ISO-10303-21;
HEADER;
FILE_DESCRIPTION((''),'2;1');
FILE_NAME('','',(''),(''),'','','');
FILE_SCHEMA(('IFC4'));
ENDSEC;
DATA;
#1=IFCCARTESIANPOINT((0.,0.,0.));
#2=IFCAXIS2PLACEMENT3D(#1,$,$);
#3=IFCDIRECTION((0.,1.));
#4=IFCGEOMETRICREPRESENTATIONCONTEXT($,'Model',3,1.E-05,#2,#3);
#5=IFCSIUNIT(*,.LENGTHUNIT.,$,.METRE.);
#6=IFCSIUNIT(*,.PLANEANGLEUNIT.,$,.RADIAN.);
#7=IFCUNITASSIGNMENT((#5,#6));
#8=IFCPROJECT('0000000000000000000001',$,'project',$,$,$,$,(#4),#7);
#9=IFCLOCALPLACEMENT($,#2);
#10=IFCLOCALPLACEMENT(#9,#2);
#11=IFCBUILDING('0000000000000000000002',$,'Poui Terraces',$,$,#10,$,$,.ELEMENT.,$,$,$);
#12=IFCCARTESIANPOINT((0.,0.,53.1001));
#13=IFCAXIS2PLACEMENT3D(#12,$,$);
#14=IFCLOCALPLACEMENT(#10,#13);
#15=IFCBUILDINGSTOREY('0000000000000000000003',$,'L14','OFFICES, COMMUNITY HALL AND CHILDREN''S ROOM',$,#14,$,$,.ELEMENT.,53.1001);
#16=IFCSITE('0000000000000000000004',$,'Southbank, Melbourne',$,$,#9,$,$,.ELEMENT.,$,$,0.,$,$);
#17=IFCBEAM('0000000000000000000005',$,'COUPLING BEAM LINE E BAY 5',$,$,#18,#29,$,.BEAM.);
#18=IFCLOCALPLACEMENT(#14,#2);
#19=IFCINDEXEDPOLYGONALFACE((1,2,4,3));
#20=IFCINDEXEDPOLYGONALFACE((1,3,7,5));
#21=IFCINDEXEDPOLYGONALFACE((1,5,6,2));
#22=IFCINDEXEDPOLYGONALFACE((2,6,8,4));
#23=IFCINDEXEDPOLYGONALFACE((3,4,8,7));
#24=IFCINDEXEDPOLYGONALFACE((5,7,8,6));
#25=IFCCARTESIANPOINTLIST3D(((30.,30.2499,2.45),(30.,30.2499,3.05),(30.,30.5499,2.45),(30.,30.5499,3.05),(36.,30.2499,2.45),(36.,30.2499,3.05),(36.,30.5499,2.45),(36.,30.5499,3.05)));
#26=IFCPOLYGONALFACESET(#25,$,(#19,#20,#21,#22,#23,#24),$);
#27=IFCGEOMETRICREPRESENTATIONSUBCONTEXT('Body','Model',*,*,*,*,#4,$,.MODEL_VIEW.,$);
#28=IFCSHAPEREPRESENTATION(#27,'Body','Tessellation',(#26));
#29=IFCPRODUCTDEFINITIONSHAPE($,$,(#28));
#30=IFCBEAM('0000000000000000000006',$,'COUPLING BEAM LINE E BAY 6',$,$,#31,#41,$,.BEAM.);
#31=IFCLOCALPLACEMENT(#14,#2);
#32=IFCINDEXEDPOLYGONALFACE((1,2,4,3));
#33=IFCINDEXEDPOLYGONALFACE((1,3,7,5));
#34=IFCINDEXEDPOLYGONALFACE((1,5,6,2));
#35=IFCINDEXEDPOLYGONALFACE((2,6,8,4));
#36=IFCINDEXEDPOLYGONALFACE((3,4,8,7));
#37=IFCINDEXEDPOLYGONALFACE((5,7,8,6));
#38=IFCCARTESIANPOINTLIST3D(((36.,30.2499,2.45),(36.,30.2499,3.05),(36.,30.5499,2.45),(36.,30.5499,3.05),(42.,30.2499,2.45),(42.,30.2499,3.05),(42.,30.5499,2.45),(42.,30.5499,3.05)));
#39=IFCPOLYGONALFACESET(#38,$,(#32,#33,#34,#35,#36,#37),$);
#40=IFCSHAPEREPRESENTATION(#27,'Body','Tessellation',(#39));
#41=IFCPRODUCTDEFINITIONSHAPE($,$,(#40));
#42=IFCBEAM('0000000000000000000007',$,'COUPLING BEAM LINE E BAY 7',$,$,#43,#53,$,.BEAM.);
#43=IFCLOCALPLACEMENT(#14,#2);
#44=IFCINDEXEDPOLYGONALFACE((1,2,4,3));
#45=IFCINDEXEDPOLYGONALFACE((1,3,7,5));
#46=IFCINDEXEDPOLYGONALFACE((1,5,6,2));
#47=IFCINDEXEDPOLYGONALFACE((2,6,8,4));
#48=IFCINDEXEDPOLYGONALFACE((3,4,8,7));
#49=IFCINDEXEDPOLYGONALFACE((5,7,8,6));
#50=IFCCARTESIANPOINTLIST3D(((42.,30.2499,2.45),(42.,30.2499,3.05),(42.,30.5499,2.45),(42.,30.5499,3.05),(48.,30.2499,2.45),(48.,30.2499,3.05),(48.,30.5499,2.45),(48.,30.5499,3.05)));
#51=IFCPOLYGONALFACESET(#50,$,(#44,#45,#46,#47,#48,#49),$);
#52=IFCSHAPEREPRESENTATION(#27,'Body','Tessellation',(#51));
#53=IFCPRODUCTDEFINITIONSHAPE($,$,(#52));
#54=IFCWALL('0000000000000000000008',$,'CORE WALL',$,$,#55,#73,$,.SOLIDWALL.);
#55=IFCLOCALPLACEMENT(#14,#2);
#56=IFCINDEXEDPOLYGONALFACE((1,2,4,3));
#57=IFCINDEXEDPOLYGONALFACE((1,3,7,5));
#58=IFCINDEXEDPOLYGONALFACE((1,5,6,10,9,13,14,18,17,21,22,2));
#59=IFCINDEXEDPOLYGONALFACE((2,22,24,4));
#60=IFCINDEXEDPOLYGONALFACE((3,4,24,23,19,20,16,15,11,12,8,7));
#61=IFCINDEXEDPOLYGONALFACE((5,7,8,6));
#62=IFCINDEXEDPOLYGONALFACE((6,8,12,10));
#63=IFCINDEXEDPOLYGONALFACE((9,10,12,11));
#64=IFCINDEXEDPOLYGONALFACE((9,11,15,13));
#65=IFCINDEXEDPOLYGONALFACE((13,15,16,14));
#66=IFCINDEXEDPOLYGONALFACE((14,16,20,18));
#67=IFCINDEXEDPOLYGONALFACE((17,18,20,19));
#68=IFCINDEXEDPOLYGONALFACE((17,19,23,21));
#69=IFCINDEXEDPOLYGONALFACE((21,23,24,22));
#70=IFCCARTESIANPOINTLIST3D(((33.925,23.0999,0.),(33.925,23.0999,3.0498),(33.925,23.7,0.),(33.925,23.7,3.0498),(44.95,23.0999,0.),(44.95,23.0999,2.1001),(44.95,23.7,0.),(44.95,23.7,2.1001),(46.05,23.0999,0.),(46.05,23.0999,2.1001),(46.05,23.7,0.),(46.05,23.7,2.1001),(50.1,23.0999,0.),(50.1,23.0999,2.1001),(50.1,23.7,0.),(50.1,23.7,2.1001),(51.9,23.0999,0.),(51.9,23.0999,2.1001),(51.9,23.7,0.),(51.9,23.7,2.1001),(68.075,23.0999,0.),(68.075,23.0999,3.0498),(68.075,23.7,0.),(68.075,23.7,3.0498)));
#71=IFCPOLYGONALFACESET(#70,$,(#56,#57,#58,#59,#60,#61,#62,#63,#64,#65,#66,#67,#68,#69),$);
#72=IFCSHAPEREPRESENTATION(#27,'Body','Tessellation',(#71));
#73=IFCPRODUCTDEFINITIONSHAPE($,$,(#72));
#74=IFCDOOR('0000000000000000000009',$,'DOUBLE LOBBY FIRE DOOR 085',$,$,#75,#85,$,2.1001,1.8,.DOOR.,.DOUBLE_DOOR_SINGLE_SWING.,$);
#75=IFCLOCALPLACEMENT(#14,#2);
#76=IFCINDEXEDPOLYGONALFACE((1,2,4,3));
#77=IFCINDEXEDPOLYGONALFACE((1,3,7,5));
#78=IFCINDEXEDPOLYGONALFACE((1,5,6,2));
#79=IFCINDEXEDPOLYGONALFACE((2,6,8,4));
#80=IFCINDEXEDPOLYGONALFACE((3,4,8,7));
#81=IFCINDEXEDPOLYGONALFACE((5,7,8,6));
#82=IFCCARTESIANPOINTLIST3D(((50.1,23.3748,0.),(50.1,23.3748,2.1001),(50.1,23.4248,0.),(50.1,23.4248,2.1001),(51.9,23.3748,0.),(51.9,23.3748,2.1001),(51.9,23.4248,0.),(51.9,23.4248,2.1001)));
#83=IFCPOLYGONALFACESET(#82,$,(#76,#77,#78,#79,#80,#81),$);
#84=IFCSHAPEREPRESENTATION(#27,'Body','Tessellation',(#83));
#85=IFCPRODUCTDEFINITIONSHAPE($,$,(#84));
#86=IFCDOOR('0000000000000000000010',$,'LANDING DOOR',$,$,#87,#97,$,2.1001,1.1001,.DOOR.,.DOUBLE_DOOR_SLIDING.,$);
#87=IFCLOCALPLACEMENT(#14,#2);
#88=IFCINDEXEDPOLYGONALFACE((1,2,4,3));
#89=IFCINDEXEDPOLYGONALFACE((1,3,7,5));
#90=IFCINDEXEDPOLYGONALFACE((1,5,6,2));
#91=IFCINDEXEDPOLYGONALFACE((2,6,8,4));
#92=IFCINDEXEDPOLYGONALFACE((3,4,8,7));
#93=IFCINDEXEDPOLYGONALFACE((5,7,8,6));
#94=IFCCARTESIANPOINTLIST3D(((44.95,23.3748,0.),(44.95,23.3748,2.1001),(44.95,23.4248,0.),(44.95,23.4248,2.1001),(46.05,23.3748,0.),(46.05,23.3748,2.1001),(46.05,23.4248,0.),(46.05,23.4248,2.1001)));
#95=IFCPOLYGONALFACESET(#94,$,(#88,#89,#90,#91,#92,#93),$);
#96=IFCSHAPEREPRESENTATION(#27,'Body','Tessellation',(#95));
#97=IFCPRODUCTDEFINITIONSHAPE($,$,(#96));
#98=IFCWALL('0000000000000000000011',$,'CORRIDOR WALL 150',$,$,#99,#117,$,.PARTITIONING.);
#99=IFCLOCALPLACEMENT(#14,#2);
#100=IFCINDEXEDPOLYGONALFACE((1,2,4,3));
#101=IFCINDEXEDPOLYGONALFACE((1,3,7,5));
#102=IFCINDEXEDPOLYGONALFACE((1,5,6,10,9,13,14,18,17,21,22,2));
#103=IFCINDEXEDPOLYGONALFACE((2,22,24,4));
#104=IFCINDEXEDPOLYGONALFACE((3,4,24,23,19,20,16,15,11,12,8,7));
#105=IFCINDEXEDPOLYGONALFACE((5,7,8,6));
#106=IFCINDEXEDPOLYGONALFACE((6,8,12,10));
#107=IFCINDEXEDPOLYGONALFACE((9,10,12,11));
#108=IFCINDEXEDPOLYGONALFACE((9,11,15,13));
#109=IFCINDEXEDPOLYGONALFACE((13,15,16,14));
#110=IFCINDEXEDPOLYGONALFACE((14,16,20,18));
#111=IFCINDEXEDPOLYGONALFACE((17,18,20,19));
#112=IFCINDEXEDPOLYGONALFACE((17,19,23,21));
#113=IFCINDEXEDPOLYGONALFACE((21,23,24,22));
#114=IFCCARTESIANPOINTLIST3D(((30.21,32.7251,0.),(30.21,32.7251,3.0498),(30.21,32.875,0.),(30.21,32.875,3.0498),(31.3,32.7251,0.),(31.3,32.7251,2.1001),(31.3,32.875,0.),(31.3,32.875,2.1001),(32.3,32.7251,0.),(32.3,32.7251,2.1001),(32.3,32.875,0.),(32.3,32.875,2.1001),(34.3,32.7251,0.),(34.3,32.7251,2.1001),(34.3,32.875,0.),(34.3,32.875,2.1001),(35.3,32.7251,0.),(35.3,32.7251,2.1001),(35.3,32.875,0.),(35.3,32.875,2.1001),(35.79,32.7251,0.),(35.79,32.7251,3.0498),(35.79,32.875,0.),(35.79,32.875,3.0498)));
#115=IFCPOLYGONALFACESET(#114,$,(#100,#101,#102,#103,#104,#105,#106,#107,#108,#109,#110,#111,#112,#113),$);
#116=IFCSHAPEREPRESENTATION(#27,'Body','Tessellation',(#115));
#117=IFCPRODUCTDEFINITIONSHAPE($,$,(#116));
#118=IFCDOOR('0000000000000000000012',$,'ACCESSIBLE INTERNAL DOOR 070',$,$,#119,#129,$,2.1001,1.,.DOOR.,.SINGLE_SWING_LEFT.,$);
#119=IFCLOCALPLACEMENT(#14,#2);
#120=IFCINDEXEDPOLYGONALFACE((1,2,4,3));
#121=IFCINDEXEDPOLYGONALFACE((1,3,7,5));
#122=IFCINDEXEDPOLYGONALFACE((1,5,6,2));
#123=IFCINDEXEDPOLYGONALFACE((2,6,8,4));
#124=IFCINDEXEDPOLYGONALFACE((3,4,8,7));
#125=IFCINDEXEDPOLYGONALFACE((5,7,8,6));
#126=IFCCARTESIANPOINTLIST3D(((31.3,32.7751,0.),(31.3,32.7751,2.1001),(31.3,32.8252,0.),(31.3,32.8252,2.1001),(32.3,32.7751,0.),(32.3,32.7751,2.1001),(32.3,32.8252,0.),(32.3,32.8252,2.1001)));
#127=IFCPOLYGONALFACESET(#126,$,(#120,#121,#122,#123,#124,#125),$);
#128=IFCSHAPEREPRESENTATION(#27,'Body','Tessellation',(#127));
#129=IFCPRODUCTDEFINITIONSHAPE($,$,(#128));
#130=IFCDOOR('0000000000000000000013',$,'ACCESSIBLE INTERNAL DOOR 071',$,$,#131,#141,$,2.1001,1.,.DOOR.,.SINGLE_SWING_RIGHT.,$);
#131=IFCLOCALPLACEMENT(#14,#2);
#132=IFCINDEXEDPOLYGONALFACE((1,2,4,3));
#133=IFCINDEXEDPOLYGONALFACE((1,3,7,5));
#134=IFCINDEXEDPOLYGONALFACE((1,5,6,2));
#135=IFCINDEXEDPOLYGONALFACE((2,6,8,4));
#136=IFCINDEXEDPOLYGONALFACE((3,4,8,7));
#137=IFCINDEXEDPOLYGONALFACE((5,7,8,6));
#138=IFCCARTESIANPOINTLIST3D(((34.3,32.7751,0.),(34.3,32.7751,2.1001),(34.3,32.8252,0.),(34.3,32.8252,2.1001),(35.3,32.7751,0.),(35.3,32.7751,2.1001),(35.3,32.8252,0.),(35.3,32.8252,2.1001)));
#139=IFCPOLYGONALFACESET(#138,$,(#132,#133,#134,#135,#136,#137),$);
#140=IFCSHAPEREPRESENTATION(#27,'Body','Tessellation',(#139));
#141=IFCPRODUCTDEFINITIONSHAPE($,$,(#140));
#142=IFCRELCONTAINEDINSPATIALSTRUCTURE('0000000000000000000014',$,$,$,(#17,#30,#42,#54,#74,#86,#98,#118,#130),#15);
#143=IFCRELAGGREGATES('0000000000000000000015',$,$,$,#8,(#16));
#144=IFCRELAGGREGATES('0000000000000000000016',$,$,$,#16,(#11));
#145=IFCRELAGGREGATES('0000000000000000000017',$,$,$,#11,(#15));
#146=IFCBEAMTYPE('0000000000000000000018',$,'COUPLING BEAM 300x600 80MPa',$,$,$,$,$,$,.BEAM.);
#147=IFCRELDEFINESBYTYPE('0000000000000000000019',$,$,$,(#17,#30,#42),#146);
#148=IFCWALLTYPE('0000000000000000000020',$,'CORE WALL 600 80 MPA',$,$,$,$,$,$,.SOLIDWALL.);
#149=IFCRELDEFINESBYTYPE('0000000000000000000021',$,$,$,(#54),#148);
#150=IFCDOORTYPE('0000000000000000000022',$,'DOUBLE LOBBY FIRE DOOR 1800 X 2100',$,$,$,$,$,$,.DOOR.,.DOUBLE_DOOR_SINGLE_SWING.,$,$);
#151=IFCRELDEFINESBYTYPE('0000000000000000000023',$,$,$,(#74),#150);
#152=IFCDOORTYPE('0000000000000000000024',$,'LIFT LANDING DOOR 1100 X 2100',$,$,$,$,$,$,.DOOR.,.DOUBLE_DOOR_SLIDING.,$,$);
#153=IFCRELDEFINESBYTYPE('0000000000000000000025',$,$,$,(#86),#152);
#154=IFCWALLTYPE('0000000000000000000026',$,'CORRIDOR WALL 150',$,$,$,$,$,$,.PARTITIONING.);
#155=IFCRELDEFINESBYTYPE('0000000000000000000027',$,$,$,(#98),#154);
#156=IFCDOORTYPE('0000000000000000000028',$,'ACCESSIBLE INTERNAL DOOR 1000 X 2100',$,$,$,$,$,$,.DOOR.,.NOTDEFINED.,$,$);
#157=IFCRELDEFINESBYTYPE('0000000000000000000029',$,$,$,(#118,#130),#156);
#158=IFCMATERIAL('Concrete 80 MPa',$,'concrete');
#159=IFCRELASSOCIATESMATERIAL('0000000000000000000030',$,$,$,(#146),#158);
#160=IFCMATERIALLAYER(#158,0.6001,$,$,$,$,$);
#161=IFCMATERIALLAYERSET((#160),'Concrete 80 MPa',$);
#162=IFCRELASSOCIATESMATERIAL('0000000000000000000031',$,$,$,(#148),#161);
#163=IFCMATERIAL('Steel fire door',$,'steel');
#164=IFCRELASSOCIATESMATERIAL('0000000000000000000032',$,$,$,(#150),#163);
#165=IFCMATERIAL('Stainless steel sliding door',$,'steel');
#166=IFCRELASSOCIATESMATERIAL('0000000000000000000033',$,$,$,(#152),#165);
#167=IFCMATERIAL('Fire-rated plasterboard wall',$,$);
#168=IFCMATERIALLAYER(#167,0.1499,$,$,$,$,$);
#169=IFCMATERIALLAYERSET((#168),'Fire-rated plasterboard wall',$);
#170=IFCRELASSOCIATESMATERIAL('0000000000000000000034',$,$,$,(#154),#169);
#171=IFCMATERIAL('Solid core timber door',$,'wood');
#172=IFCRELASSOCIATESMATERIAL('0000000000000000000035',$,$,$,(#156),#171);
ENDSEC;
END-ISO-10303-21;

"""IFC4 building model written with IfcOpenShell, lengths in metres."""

from ifc_helpers import new_model, si_unit, direction, frame, frame_2d, origin, origin_2d, place, context, subcontext, project, spatial, rectangle, extrude, source, transform, mapped, material, layer, layer_set, material_profile, profile_set, type_object, element, fill, save


model = new_model("IFC4")

# Units and contexts
model_context = context("Model", 3, precision=1e-05, world=origin(), true_north=direction((0.0, 1.0)))
body_context = subcontext(model_context, "Body", "Model", "MODEL_VIEW")
ifc_project = project(units=[si_unit("LENGTHUNIT", "METRE"), si_unit("PLANEANGLEUNIT", "RADIAN")], contexts=[model_context])

# Site, building, storey
site_placement = place(None, origin())
site = spatial("IfcSite", under=ifc_project, at=site_placement, Name="Southbank, Melbourne", CompositionType="ELEMENT", RefElevation=0.0)
building_placement = place(site_placement, origin())
building = spatial("IfcBuilding", under=site, at=building_placement, Name="Poui Terraces", CompositionType="ELEMENT")
storey_placement = place(building_placement, frame((0.0, 0.0, 53.1001)))
storey = spatial("IfcBuildingStorey", under=building, at=storey_placement, Name="L14", Description="OFFICES, COMMUNITY HALL AND CHILDREN'S ROOM", CompositionType="ELEMENT", Elevation=53.1001)

# Beams
ifc_material_1 = material(Name="Concrete 80 MPa", Category="concrete")
ifc_material_profile = material_profile(ifc_material_1, rectangle(XDim=0.3, YDim=0.6001, at=origin_2d()), Name="RC 300x600")
ifc_profile_set = profile_set([ifc_material_profile], Name="Concrete 80 MPa")
beam_type = type_object("IfcBeamType", Name="COUPLING BEAM 300x600 80MPa", PredefinedType="BEAM", material=ifc_profile_set)
shared_shape = source(origin(), body_context, "Body", "SweptSolid", [
    extrude(rectangle(XDim=0.3, YDim=0.6001, at=origin_2d()), origin(), (0.0, 0.0, 1.0), 6.0),
])
for number, where, z_axis, x_axis, name in (
    (1, (30.0, 30.3999, 2.75), (1.0, 0.0, 0.0), (0.0, 1.0, 0.0), "COUPLING BEAM LINE E BAY 5"),
    (2, (36.0, 30.3999, 2.75), (1.0, 0.0, 0.0), (0.0, 1.0, 0.0), "COUPLING BEAM LINE E BAY 6"),
    (3, (42.0, 30.3999, 2.75), (1.0, 0.0, 0.0), (0.0, 1.0, 0.0), "COUPLING BEAM LINE E BAY 7"),
):
    element("IfcBeam", number, at=place(storey_placement, frame(where, z_axis=z_axis, x_axis=x_axis)), inside=storey, type_object=beam_type, Name=name, PredefinedType="BEAM", context=body_context, shape_type="MappedRepresentation", body=[
        mapped(shared_shape, transform((0.0, 0.0, 0.0))),
    ])

# Walls, openings, doors
ifc_layer_1 = layer(ifc_material_1, 0.6001)
ifc_layer_set_1 = layer_set([ifc_layer_1], Name="Concrete 80 MPa")
wall_type_1 = type_object("IfcWallType", Name="CORE WALL 600 80 MPA", PredefinedType="SOLIDWALL", material=ifc_layer_set_1)
wall_1_placement = place(storey_placement, frame((33.925, 23.3999, 0.0), z_axis=(0.0, 0.0, 1.0), x_axis=(1.0, 0.0, 0.0)))
wall_1 = element("IfcWall", 4, at=wall_1_placement, inside=storey, type_object=wall_type_1, Name="CORE WALL", PredefinedType="SOLIDWALL", context=body_context, shape_type="SweptSolid", body=[
    extrude(rectangle(XDim=34.1499, YDim=0.6001, at=frame_2d((17.075, 0.0))), origin(), (0.0, 0.0, 1.0), 3.0498),
])
opening_1_placement = place(wall_1_placement, frame((16.175, 0.0, 0.0)))
opening_1 = element("IfcOpeningElement", 5, at=opening_1_placement, cuts=wall_1, PredefinedType="OPENING", context=body_context, shape_type="SweptSolid", body=[
    extrude(rectangle(XDim=1.8, YDim=2.1001, at=frame_2d((0.8999, 1.05))), frame((0.0, 0.3101, 0.0), z_axis=(0.0, -1.0, 0.0), x_axis=(1.0, 0.0, 0.0)), (0.0, 0.0, 1.0), 0.6201),
])
opening_2_placement = place(wall_1_placement, frame((11.0249, 0.0, 0.0)))
opening_2 = element("IfcOpeningElement", 6, at=opening_2_placement, cuts=wall_1, PredefinedType="OPENING", context=body_context, shape_type="SweptSolid", body=[
    extrude(rectangle(XDim=1.1001, YDim=2.1001, at=frame_2d((0.55, 1.05))), frame((0.0, 0.3101, 0.0), z_axis=(0.0, -1.0, 0.0), x_axis=(1.0, 0.0, 0.0)), (0.0, 0.0, 1.0), 0.6201),
])
ifc_material_2 = material(Name="Steel fire door", Category="steel")
door_type_1 = type_object("IfcDoorType", Name="DOUBLE LOBBY FIRE DOOR 1800 X 2100", OperationType="DOUBLE_DOOR_SINGLE_SWING", PredefinedType="DOOR", material=ifc_material_2)
door_1_placement = place(opening_1_placement, origin())
door_1 = element("IfcDoor", 7, at=door_1_placement, inside=storey, type_object=door_type_1, Name="DOUBLE LOBBY FIRE DOOR 085", OperationType="DOUBLE_DOOR_SINGLE_SWING", OverallHeight=2.1001, OverallWidth=1.8, PredefinedType="DOOR", context=body_context, shape_type="SweptSolid", body=[
    extrude(rectangle(XDim=1.8, YDim=2.1001, at=frame_2d((0.8999, 1.05))), frame((0.0, 0.0249, 0.0), z_axis=(0.0, -1.0, 0.0), x_axis=(1.0, 0.0, 0.0)), (0.0, 0.0, 1.0), 0.05),
])
fill(opening_1, door_1)
ifc_material_3 = material(Name="Stainless steel sliding door", Category="steel")
door_type_2 = type_object("IfcDoorType", Name="LIFT LANDING DOOR 1100 X 2100", OperationType="DOUBLE_DOOR_SLIDING", PredefinedType="DOOR", material=ifc_material_3)
door_2_placement = place(opening_2_placement, origin())
door_2 = element("IfcDoor", 8, at=door_2_placement, inside=storey, type_object=door_type_2, Name="LANDING DOOR", OperationType="DOUBLE_DOOR_SLIDING", OverallHeight=2.1001, OverallWidth=1.1001, PredefinedType="DOOR", context=body_context, shape_type="SweptSolid", body=[
    extrude(rectangle(XDim=1.1001, YDim=2.1001, at=frame_2d((0.55, 1.05))), frame((0.0, 0.0249, 0.0), z_axis=(0.0, -1.0, 0.0), x_axis=(1.0, 0.0, 0.0)), (0.0, 0.0, 1.0), 0.05),
])
fill(opening_2, door_2)
ifc_material_4 = material(Name="Fire-rated plasterboard wall")
ifc_layer_2 = layer(ifc_material_4, 0.1499)
ifc_layer_set_2 = layer_set([ifc_layer_2], Name="Fire-rated plasterboard wall")
wall_type_2 = type_object("IfcWallType", Name="CORRIDOR WALL 150", PredefinedType="PARTITIONING", material=ifc_layer_set_2)
wall_2_placement = place(storey_placement, frame((30.21, 32.8, 0.0), z_axis=(0.0, 0.0, 1.0), x_axis=(1.0, 0.0, 0.0)))
wall_2 = element("IfcWall", 9, at=wall_2_placement, inside=storey, type_object=wall_type_2, Name="CORRIDOR WALL 150", PredefinedType="PARTITIONING", context=body_context, shape_type="SweptSolid", body=[
    extrude(rectangle(XDim=5.5801, YDim=0.1499, at=frame_2d((2.79, 0.0))), origin(), (0.0, 0.0, 1.0), 3.0498),
])
opening_3_placement = place(wall_2_placement, frame((1.0901, 0.0, 0.0)))
opening_3 = element("IfcOpeningElement", 10, at=opening_3_placement, cuts=wall_2, PredefinedType="OPENING", context=body_context, shape_type="SweptSolid", body=[
    extrude(rectangle(XDim=1.0, YDim=2.1001, at=frame_2d((0.5, 1.05))), frame((0.0, 0.085, 0.0), z_axis=(0.0, -1.0, 0.0), x_axis=(1.0, 0.0, 0.0)), (0.0, 0.0, 1.0), 0.1699),
])
opening_4_placement = place(wall_2_placement, frame((4.0901, 0.0, 0.0)))
opening_4 = element("IfcOpeningElement", 11, at=opening_4_placement, cuts=wall_2, PredefinedType="OPENING", context=body_context, shape_type="SweptSolid", body=[
    extrude(rectangle(XDim=1.0, YDim=2.1001, at=frame_2d((0.5, 1.05))), frame((0.0, 0.085, 0.0), z_axis=(0.0, -1.0, 0.0), x_axis=(1.0, 0.0, 0.0)), (0.0, 0.0, 1.0), 0.1699),
])
ifc_material_5 = material(Name="Solid core timber door", Category="wood")
door_type_3 = type_object("IfcDoorType", Name="ACCESSIBLE INTERNAL DOOR 1000 X 2100", OperationType="NOTDEFINED", PredefinedType="DOOR", material=ifc_material_5)
door_3_placement = place(opening_3_placement, frame((1.0, 0.0, 0.0), z_axis=(0.0, 0.0, 1.0), x_axis=(-1.0, 0.0, 0.0)))
door_3 = element("IfcDoor", 12, at=door_3_placement, inside=storey, type_object=door_type_3, Name="ACCESSIBLE INTERNAL DOOR 070", OperationType="SINGLE_SWING_LEFT", OverallHeight=2.1001, OverallWidth=1.0, PredefinedType="DOOR", context=body_context, shape_type="SweptSolid", body=[
    extrude(rectangle(XDim=1.0, YDim=2.1001, at=frame_2d((0.5, 1.05))), frame((0.0, 0.0249, 0.0), z_axis=(0.0, -1.0, 0.0), x_axis=(1.0, 0.0, 0.0)), (0.0, 0.0, 1.0), 0.05),
])
fill(opening_3, door_3)
door_4_placement = place(opening_4_placement, frame((1.0, 0.0, 0.0), z_axis=(0.0, 0.0, 1.0), x_axis=(-1.0, 0.0, 0.0)))
door_4 = element("IfcDoor", 13, at=door_4_placement, inside=storey, type_object=door_type_3, Name="ACCESSIBLE INTERNAL DOOR 071", OperationType="SINGLE_SWING_RIGHT", OverallHeight=2.1001, OverallWidth=1.0, PredefinedType="DOOR", context=body_context, shape_type="SweptSolid", body=[
    extrude(rectangle(XDim=1.0, YDim=2.1001, at=frame_2d((0.5, 1.05))), frame((0.0, 0.0249, 0.0), z_axis=(0.0, -1.0, 0.0), x_axis=(1.0, 0.0, 0.0)), (0.0, 0.0, 1.0), 0.05),
])
fill(opening_4, door_4)

save(model, "model.ifc")
